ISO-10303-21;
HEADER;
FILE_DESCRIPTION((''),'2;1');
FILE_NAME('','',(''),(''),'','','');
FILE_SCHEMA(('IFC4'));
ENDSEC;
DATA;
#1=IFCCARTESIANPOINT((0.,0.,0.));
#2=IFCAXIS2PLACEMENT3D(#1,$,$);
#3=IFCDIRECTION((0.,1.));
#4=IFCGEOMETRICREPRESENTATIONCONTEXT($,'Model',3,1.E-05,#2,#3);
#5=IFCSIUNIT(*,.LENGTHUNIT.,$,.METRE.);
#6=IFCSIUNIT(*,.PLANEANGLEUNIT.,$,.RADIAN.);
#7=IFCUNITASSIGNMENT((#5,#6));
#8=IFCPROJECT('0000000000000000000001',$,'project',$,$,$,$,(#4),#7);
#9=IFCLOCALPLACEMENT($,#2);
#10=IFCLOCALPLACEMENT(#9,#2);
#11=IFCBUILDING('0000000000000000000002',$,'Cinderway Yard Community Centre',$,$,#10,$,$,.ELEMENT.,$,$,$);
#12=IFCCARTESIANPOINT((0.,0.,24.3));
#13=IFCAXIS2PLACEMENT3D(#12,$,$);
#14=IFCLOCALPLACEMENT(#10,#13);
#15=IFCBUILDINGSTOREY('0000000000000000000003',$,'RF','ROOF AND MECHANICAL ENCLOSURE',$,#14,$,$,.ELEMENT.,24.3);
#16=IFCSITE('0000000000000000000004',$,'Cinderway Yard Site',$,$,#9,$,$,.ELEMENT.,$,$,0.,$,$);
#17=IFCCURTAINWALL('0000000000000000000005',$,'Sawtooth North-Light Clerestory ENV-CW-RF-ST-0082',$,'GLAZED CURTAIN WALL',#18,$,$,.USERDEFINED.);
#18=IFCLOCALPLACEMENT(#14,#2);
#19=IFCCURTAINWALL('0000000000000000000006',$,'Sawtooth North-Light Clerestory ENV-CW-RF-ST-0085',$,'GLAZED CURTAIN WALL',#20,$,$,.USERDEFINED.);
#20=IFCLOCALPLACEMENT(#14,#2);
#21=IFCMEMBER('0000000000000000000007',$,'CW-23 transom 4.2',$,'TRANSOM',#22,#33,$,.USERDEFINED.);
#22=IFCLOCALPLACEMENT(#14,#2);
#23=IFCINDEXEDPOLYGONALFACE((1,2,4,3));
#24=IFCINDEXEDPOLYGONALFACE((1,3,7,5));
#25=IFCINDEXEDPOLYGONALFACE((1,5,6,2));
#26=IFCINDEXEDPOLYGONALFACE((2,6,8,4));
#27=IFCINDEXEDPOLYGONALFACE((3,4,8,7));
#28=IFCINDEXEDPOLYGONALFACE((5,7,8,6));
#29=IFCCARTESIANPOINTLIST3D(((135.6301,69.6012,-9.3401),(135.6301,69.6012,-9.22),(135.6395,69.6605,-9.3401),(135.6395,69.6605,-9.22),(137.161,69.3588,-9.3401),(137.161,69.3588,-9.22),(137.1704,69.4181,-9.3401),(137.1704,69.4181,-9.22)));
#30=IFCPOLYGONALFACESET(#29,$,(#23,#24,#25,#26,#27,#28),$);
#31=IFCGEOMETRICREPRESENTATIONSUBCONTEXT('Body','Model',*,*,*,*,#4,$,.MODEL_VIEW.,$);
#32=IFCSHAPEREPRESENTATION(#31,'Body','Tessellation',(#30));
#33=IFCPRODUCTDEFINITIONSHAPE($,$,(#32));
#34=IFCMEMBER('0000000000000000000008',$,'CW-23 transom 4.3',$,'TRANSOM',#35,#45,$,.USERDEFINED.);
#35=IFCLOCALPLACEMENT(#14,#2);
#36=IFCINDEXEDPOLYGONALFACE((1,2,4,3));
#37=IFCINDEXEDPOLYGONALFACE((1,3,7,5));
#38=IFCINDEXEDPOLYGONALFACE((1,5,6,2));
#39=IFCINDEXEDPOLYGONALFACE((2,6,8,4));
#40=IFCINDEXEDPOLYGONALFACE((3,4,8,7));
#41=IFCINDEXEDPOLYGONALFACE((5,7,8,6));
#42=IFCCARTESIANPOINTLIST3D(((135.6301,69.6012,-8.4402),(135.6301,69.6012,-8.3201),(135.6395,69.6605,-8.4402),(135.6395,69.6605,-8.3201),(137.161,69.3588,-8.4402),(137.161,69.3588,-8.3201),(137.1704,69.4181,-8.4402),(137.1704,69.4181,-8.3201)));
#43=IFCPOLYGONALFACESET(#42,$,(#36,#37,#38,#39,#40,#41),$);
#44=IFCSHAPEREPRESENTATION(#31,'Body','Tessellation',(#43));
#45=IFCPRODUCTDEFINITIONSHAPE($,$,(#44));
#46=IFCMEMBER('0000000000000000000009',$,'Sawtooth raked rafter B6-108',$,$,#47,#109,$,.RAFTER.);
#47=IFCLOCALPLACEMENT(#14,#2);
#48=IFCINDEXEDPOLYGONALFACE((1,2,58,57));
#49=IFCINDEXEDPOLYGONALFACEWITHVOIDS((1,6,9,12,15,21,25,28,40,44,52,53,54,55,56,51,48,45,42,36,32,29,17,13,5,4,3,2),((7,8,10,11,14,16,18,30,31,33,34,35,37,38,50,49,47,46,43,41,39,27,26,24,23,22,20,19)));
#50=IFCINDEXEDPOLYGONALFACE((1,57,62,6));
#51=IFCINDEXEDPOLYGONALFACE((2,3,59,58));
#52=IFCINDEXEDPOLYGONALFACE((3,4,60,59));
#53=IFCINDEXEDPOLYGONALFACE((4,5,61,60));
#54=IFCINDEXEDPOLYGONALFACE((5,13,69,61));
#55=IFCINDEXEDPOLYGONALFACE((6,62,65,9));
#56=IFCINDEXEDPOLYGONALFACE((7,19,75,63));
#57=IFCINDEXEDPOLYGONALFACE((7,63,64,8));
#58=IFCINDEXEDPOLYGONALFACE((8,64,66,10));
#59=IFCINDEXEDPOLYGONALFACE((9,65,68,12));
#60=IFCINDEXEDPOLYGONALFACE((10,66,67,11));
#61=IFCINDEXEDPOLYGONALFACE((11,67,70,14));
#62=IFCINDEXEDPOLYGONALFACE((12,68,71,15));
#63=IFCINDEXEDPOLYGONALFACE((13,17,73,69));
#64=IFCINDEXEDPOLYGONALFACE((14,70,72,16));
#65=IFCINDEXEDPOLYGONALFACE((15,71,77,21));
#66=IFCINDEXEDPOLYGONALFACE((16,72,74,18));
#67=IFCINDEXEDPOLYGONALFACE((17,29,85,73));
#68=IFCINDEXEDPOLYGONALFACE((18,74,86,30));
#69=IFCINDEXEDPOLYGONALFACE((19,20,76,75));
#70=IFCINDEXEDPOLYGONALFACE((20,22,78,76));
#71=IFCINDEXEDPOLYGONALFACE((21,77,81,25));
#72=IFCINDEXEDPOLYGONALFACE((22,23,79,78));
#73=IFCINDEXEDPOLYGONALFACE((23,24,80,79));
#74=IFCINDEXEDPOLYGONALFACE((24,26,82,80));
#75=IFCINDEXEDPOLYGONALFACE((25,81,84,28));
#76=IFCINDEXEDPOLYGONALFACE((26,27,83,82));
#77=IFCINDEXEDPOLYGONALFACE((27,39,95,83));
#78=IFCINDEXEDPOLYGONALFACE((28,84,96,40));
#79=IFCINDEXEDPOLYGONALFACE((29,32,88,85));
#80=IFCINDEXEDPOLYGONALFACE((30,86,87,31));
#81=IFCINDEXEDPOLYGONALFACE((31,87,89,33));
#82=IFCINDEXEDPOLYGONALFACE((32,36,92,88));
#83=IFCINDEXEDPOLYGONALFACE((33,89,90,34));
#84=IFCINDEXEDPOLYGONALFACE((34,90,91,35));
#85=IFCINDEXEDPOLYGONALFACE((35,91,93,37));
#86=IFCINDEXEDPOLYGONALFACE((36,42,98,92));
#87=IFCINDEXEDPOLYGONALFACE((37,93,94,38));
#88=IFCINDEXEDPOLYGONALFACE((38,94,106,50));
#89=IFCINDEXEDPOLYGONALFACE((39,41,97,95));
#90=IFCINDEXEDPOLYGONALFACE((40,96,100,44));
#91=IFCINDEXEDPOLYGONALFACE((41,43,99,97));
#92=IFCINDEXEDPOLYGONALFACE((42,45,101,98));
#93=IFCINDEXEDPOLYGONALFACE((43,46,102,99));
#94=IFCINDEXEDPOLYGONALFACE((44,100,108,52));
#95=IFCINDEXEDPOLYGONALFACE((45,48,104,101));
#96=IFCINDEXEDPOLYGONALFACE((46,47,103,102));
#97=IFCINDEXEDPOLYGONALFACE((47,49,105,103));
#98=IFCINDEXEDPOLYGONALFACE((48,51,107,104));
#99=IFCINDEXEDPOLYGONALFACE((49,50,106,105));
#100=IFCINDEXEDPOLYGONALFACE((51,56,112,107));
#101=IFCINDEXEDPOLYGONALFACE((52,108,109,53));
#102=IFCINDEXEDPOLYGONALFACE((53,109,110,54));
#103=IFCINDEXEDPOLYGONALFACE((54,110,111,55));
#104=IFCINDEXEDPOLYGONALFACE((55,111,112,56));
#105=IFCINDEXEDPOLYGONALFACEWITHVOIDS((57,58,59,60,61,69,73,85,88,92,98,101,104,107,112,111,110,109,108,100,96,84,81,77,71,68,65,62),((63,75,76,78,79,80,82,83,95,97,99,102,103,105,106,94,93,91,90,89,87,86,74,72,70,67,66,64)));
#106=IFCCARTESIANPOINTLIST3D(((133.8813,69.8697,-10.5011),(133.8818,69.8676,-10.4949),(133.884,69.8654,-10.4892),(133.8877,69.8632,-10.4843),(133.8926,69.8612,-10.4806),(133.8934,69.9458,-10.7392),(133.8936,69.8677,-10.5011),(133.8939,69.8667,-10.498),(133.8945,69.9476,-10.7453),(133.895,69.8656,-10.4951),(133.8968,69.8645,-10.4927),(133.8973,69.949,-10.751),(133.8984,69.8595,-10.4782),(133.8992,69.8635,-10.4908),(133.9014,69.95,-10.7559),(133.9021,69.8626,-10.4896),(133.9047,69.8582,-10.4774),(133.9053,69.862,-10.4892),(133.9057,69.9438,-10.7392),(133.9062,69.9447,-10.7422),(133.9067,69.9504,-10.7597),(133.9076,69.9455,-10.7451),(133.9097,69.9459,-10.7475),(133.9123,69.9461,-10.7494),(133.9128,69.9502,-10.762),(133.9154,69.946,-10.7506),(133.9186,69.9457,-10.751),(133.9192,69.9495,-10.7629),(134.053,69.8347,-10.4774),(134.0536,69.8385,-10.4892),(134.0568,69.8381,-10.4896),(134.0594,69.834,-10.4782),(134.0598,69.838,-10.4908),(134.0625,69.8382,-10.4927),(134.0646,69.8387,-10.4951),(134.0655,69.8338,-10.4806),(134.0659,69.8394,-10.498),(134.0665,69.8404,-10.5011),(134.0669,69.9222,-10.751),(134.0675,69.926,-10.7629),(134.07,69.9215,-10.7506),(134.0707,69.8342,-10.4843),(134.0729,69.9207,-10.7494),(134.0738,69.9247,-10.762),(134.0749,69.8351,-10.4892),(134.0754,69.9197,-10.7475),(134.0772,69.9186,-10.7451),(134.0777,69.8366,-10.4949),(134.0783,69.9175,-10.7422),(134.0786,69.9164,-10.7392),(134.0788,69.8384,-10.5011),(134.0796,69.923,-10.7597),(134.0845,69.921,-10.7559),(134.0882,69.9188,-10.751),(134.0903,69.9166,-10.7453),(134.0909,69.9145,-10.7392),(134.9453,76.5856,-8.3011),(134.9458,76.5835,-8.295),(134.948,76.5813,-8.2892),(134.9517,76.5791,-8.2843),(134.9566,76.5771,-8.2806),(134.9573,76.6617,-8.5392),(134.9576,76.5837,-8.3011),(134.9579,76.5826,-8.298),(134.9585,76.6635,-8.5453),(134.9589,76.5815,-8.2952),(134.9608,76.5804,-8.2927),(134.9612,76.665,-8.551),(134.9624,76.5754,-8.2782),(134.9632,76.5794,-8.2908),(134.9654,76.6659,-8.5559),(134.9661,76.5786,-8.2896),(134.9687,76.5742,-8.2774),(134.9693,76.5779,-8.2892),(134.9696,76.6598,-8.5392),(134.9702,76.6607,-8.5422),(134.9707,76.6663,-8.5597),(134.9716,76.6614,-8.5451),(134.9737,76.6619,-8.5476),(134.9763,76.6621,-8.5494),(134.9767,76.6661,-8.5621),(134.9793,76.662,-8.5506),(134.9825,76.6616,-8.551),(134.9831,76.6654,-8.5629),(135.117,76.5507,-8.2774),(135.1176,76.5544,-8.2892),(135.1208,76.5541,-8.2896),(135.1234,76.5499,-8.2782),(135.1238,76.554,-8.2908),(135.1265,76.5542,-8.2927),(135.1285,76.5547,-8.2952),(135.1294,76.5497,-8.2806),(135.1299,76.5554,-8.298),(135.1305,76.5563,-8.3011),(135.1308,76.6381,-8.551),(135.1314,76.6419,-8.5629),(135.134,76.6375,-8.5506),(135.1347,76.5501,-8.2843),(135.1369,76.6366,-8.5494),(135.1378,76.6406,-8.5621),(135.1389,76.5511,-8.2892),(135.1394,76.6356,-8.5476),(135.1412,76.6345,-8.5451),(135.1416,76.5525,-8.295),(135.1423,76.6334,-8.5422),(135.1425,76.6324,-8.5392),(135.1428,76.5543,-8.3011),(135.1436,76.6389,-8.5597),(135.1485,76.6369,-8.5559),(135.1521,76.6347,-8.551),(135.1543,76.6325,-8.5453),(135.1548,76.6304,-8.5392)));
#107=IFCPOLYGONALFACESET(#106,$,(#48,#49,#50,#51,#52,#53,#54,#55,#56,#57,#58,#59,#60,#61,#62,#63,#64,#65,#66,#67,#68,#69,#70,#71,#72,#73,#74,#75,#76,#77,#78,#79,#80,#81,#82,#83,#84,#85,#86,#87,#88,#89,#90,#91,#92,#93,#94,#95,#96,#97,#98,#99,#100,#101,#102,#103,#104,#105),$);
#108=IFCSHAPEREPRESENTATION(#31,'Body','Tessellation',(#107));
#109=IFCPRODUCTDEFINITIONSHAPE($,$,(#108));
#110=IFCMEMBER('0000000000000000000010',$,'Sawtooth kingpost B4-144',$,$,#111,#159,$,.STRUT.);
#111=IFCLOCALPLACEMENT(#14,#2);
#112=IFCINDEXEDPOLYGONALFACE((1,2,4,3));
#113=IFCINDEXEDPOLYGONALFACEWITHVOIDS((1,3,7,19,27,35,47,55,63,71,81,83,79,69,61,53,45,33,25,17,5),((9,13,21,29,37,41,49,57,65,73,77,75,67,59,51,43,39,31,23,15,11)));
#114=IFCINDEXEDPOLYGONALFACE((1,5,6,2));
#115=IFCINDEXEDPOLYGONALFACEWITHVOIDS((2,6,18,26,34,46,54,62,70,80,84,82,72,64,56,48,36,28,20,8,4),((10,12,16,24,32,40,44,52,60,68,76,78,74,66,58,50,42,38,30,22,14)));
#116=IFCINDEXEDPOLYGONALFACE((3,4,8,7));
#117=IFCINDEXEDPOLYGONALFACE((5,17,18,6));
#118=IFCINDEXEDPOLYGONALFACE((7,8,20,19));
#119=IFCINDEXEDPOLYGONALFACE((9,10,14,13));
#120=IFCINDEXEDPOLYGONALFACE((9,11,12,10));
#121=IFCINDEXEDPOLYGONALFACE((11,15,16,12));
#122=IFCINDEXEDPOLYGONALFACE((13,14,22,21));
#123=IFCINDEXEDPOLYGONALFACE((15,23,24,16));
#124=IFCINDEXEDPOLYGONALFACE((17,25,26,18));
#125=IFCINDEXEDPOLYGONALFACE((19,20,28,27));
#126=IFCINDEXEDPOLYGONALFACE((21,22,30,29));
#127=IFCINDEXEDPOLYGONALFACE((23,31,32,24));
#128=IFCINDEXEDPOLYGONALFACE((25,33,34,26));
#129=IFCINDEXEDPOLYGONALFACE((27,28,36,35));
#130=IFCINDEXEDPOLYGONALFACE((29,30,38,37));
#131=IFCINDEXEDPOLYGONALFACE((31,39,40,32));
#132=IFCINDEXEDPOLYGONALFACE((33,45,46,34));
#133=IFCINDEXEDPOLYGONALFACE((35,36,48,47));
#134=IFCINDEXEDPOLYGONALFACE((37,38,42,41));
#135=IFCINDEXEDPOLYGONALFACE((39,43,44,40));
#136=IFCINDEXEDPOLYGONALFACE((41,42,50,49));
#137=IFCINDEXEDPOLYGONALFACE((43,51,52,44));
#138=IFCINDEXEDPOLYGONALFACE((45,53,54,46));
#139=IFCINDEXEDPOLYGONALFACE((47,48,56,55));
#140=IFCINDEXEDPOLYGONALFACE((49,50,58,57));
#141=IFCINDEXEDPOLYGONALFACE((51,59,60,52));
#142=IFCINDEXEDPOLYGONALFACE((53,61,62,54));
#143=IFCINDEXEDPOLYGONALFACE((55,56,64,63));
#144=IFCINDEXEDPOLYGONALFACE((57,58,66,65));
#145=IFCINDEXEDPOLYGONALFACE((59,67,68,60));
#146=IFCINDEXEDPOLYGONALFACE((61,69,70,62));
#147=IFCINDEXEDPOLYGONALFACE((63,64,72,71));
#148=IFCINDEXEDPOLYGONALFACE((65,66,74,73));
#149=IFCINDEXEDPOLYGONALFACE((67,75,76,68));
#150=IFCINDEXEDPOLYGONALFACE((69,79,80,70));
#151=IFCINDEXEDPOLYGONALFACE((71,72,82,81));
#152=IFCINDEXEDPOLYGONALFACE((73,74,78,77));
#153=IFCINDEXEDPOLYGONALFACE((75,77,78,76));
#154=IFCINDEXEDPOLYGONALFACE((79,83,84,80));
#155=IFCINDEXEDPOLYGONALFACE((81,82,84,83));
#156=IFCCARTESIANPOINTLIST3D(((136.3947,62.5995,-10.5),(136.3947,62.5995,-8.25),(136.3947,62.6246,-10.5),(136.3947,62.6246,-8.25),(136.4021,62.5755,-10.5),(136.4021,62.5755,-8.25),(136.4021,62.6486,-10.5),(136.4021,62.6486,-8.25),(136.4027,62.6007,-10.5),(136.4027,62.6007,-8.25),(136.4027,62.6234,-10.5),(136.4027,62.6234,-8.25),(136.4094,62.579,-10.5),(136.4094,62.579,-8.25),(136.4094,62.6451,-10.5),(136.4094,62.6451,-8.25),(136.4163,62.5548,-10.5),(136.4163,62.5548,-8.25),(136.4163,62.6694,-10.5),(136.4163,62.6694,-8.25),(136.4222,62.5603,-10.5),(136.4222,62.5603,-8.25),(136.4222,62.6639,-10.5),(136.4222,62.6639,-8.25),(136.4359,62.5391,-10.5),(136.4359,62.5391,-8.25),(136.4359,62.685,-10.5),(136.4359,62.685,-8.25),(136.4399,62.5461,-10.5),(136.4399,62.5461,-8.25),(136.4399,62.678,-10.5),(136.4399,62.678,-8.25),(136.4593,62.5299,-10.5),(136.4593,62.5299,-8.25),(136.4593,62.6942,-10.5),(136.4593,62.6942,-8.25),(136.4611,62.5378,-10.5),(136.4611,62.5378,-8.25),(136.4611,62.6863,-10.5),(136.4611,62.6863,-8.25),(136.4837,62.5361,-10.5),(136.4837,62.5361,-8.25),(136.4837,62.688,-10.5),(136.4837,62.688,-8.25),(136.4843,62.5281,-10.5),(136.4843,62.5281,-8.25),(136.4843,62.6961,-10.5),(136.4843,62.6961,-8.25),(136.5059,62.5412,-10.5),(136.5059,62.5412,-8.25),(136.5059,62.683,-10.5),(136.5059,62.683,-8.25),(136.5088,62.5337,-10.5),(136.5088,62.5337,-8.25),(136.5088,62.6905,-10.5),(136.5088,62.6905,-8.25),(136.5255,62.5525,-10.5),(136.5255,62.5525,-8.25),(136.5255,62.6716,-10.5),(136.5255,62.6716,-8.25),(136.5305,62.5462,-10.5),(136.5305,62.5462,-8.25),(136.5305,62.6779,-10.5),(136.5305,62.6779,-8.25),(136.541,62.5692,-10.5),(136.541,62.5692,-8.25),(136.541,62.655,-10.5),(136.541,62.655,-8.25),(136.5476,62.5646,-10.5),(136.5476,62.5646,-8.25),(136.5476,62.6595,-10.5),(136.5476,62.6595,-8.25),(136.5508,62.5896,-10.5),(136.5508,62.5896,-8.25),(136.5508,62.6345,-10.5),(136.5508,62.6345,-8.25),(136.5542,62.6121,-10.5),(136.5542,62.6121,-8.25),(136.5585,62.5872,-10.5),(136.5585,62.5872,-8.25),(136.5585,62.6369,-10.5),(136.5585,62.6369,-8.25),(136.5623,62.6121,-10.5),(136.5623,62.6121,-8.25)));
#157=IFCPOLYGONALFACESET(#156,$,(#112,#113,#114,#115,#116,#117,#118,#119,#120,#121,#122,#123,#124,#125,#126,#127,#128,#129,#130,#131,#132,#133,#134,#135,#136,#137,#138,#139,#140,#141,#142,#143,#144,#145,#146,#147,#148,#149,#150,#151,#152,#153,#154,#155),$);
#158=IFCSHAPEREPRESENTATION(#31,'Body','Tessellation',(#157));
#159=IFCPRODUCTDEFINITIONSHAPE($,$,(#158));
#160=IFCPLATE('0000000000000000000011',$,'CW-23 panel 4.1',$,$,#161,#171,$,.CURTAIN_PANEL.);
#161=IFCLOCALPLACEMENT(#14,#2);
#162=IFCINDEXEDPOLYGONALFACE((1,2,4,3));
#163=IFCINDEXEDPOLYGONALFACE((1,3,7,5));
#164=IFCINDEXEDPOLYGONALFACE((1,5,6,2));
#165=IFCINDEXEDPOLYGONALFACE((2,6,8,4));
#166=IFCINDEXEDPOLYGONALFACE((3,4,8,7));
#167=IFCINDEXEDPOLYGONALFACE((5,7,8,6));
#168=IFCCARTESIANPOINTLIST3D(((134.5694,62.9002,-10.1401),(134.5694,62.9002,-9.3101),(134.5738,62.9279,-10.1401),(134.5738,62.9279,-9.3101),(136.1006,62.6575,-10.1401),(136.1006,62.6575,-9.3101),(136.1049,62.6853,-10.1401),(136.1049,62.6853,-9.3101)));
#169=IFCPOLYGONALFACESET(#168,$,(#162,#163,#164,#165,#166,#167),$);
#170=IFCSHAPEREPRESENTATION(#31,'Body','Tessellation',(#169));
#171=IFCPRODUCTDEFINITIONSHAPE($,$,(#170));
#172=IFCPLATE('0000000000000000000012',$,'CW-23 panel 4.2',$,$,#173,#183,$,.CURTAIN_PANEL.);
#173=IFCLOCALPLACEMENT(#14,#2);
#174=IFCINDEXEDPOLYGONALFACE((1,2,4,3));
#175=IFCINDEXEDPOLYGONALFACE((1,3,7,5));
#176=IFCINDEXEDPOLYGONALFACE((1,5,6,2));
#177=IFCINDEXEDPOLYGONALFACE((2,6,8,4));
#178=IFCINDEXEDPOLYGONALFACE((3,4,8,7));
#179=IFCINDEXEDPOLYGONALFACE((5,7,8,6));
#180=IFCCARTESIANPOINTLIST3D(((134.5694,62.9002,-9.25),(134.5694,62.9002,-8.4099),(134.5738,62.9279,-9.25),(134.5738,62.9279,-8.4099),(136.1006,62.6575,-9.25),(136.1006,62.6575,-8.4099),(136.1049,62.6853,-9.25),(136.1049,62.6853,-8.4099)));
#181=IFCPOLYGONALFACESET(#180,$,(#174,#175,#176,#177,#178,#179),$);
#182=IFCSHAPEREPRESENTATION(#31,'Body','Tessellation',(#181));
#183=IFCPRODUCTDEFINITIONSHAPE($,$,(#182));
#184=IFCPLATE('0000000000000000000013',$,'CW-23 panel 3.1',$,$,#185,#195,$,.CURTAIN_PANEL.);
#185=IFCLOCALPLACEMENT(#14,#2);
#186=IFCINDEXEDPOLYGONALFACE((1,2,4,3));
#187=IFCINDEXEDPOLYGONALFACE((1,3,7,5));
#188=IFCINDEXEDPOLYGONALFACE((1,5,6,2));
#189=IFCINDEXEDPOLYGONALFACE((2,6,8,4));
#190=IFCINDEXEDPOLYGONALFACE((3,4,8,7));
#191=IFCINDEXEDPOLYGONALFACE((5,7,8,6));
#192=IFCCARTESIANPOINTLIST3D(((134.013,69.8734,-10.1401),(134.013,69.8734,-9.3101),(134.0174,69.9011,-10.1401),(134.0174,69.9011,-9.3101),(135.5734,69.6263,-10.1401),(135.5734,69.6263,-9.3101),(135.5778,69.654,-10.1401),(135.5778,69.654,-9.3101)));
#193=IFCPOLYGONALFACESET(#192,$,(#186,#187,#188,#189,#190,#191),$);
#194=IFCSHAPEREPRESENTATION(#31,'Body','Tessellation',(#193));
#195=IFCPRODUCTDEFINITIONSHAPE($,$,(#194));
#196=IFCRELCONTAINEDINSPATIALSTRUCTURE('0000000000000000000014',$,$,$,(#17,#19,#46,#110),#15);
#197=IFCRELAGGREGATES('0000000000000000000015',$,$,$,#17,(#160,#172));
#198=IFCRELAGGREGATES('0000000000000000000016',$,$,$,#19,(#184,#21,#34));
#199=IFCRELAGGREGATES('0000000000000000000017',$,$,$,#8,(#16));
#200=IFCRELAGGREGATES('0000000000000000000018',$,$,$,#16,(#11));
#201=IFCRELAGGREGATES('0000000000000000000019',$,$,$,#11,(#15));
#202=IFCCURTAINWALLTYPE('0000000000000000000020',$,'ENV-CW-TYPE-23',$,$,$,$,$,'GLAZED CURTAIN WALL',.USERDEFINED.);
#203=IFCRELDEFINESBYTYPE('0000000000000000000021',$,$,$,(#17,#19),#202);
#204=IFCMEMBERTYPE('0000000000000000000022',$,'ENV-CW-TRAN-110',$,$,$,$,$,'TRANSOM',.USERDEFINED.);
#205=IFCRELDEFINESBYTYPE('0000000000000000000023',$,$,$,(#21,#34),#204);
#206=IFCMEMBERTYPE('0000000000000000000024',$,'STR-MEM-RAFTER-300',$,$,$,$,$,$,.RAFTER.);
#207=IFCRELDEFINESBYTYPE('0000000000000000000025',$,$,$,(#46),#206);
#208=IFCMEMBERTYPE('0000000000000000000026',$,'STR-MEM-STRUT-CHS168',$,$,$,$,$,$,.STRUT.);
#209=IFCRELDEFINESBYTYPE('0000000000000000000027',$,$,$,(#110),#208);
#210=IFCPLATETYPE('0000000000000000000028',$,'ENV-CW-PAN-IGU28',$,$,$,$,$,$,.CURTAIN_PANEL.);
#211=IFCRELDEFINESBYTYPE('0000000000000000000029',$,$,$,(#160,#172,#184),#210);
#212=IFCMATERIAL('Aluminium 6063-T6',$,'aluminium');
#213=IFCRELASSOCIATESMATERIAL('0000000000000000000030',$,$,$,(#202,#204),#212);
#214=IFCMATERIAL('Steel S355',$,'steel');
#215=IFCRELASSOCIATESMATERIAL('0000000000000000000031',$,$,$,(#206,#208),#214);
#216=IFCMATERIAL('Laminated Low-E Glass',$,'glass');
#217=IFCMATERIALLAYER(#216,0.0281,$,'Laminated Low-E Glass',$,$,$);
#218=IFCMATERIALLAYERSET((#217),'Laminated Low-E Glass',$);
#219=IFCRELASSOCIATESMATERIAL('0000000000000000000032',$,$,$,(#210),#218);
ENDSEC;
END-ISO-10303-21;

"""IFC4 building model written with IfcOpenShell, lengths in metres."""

from ifc_helpers import new_model, si_unit, direction, frame, origin, origin_2d, place, context, subcontext, project, spatial, rectangle, hollow_rectangle, hollow_circle, extrude, material, layer, layer_set, material_profile, profile_set, type_object, element, aggregate, save


model = new_model("IFC4")

# Units and contexts
model_context = context("Model", 3, precision=1e-05, world=origin(), true_north=direction((0.0, 1.0)))
body_context = subcontext(model_context, "Body", "Model", "MODEL_VIEW")
ifc_project = project(units=[si_unit("LENGTHUNIT", "METRE"), si_unit("PLANEANGLEUNIT", "RADIAN")], contexts=[model_context])

# Site, building, storey
site_placement = place(None, origin())
site = spatial("IfcSite", under=ifc_project, at=site_placement, Name="Cinderway Yard Site", CompositionType="ELEMENT", RefElevation=0.0)
building_placement = place(site_placement, origin())
building = spatial("IfcBuilding", under=site, at=building_placement, Name="Cinderway Yard Community Centre", CompositionType="ELEMENT")
storey_placement = place(building_placement, frame((0.0, 0.0, 24.3)))
storey = spatial("IfcBuildingStorey", under=building, at=storey_placement, Name="RF", Description="ROOF AND MECHANICAL ENCLOSURE", CompositionType="ELEMENT", Elevation=24.3)

# Curtain wall
ifc_material_1 = material(Name="Aluminium 6063-T6", Category="aluminium")
curtain_wall_type = type_object("IfcCurtainWallType", Name="ENV-CW-TYPE-23", ElementType="GLAZED CURTAIN WALL", PredefinedType="USERDEFINED", material=ifc_material_1)
curtain_wall_1_placement = place(storey_placement, origin())
curtain_wall_1 = element("IfcCurtainWall", 1, at=curtain_wall_1_placement, inside=storey, type_object=curtain_wall_type, Name="Sawtooth North-Light Clerestory ENV-CW-RF-ST-0082", ObjectType="GLAZED CURTAIN WALL", PredefinedType="USERDEFINED")

# Curtain wall
curtain_wall_2_placement = place(storey_placement, origin())
curtain_wall_2 = element("IfcCurtainWall", 2, at=curtain_wall_2_placement, inside=storey, type_object=curtain_wall_type, Name="Sawtooth North-Light Clerestory ENV-CW-RF-ST-0085", ObjectType="GLAZED CURTAIN WALL", PredefinedType="USERDEFINED")

# Members
ifc_material_profile_1 = material_profile(ifc_material_1, rectangle(XDim=0.0601, YDim=0.1201, at=origin_2d()), Name="Aluminium 6063-T6")
ifc_profile_set_1 = profile_set([ifc_material_profile_1], Name="Aluminium 6063-T6")
member_type_1 = type_object("IfcMemberType", Name="ENV-CW-TRAN-110", ElementType="TRANSOM", PredefinedType="USERDEFINED", material=ifc_profile_set_1)
member_1_placement = place(storey_placement, frame((135.6348, 69.6309, -9.28), z_axis=(0.987694, -0.156399, 0.0), x_axis=(0.156399, 0.987694, 0.0)))
member_1 = element("IfcMember", 3, at=member_1_placement, type_object=member_type_1, Name="CW-23 transom 4.2", ObjectType="TRANSOM", PredefinedType="USERDEFINED", context=body_context, shape_type="SweptSolid", body=[
    extrude(rectangle(XDim=0.0601, YDim=0.1201, at=origin_2d()), origin(), (0.0, 0.0, 1.0), 1.55),
])
member_2_placement = place(storey_placement, frame((135.6348, 69.6309, -8.3801), z_axis=(0.987694, -0.156399, 0.0), x_axis=(0.156399, 0.987694, 0.0)))
member_2 = element("IfcMember", 4, at=member_2_placement, type_object=member_type_1, Name="CW-23 transom 4.3", ObjectType="TRANSOM", PredefinedType="USERDEFINED", context=body_context, shape_type="SweptSolid", body=[
    extrude(rectangle(XDim=0.0601, YDim=0.1201, at=origin_2d()), origin(), (0.0, 0.0, 1.0), 1.55),
])

# Members
ifc_material_2 = material(Name="Steel S355", Category="steel")
ifc_material_profile_2 = material_profile(ifc_material_2, hollow_rectangle(XDim=0.2, YDim=0.3, WallThickness=0.0125, InnerFilletRadius=0.0125, OuterFilletRadius=0.0249, at=origin_2d()), Name="Steel S355")
ifc_profile_set_2 = profile_set([ifc_material_profile_2], Name="Steel S355")
member_type_2 = type_object("IfcMemberType", Name="STR-MEM-RAFTER-300", PredefinedType="RAFTER", material=ifc_profile_set_2)
member_3_placement = place(storey_placement, frame((133.9861, 69.8921, -10.6201), z_axis=(0.148877, 0.939721, 0.307831), x_axis=(-0.987682, 0.156475, 0.0)))
element("IfcMember", 5, at=member_3_placement, inside=storey, type_object=member_type_2, Name="Sawtooth raked rafter B6-108", PredefinedType="RAFTER", context=body_context, shape_type="SweptSolid", body=[
    extrude(hollow_rectangle(XDim=0.2, YDim=0.3, WallThickness=0.0125, InnerFilletRadius=0.0125, OuterFilletRadius=0.0249, at=origin_2d()), origin(), (0.0, 0.0, 1.0), 7.1467),
])
ifc_material_profile_3 = material_profile(ifc_material_2, hollow_circle(Radius=0.0842, WallThickness=0.0081, at=origin_2d()), Name="Steel S355")
ifc_profile_set_3 = profile_set([ifc_material_profile_3], Name="Steel S355")
member_type_3 = type_object("IfcMemberType", Name="STR-MEM-STRUT-CHS168", PredefinedType="STRUT", material=ifc_profile_set_3)
member_4_placement = place(storey_placement, frame((136.478, 62.6121, -10.5), z_axis=(0.0, 0.0, 1.0), x_axis=(1.0, 0.0, 0.0)))
element("IfcMember", 6, at=member_4_placement, inside=storey, type_object=member_type_3, Name="Sawtooth kingpost B4-144", PredefinedType="STRUT", context=body_context, shape_type="SweptSolid", body=[
    extrude(hollow_circle(Radius=0.0842, WallThickness=0.0081, at=origin_2d()), origin(), (0.0, 0.0, 1.0), 2.25),
])

# Plates
ifc_material_3 = material(Name="Laminated Low-E Glass", Category="glass")
ifc_layer_1 = layer(ifc_material_3, 0.0281, Name="Laminated Low-E Glass")
ifc_layer_set_1 = layer_set([ifc_layer_1], Name="Laminated Low-E Glass")
plate_type_1 = type_object("IfcPlateType", Name="ENV-CW-PAN-IGU28", PredefinedType="CURTAIN_PANEL", material=ifc_layer_set_1)
plate_1_placement = place(storey_placement, frame((135.3372, 62.7927, -10.1401), z_axis=(0.0, 0.0, 1.0), x_axis=(0.987673, -0.156534, 0.0)))
plate_1 = element("IfcPlate", 7, at=plate_1_placement, type_object=plate_type_1, Name="CW-23 panel 4.1", PredefinedType="CURTAIN_PANEL", context=body_context, shape_type="SweptSolid", body=[
    extrude(rectangle(XDim=1.5503, YDim=0.0281, at=origin_2d()), origin(), (0.0, 0.0, 1.0), 0.8301),
])
plate_2_placement = place(storey_placement, frame((135.3372, 62.7927, -9.25), z_axis=(0.0, 0.0, 1.0), x_axis=(0.987673, -0.156534, 0.0)))
plate_2 = element("IfcPlate", 8, at=plate_2_placement, type_object=plate_type_1, Name="CW-23 panel 4.2", PredefinedType="CURTAIN_PANEL", context=body_context, shape_type="SweptSolid", body=[
    extrude(rectangle(XDim=1.5503, YDim=0.0281, at=origin_2d()), origin(), (0.0, 0.0, 1.0), 0.8401),
])
aggregate(curtain_wall_1, [plate_1, plate_2])
plate_3_placement = place(storey_placement, frame((134.7954, 69.7637, -10.1401), z_axis=(0.0, 0.0, 1.0), x_axis=(0.987692, -0.156409, 0.0)))
plate_3 = element("IfcPlate", 9, at=plate_3_placement, type_object=plate_type_1, Name="CW-23 panel 3.1", PredefinedType="CURTAIN_PANEL", context=body_context, shape_type="SweptSolid", body=[
    extrude(rectangle(XDim=1.5798, YDim=0.0281, at=origin_2d()), origin(), (0.0, 0.0, 1.0), 0.8301),
])
aggregate(curtain_wall_2, [plate_3, member_1, member_2])

save(model, "model.ifc")
